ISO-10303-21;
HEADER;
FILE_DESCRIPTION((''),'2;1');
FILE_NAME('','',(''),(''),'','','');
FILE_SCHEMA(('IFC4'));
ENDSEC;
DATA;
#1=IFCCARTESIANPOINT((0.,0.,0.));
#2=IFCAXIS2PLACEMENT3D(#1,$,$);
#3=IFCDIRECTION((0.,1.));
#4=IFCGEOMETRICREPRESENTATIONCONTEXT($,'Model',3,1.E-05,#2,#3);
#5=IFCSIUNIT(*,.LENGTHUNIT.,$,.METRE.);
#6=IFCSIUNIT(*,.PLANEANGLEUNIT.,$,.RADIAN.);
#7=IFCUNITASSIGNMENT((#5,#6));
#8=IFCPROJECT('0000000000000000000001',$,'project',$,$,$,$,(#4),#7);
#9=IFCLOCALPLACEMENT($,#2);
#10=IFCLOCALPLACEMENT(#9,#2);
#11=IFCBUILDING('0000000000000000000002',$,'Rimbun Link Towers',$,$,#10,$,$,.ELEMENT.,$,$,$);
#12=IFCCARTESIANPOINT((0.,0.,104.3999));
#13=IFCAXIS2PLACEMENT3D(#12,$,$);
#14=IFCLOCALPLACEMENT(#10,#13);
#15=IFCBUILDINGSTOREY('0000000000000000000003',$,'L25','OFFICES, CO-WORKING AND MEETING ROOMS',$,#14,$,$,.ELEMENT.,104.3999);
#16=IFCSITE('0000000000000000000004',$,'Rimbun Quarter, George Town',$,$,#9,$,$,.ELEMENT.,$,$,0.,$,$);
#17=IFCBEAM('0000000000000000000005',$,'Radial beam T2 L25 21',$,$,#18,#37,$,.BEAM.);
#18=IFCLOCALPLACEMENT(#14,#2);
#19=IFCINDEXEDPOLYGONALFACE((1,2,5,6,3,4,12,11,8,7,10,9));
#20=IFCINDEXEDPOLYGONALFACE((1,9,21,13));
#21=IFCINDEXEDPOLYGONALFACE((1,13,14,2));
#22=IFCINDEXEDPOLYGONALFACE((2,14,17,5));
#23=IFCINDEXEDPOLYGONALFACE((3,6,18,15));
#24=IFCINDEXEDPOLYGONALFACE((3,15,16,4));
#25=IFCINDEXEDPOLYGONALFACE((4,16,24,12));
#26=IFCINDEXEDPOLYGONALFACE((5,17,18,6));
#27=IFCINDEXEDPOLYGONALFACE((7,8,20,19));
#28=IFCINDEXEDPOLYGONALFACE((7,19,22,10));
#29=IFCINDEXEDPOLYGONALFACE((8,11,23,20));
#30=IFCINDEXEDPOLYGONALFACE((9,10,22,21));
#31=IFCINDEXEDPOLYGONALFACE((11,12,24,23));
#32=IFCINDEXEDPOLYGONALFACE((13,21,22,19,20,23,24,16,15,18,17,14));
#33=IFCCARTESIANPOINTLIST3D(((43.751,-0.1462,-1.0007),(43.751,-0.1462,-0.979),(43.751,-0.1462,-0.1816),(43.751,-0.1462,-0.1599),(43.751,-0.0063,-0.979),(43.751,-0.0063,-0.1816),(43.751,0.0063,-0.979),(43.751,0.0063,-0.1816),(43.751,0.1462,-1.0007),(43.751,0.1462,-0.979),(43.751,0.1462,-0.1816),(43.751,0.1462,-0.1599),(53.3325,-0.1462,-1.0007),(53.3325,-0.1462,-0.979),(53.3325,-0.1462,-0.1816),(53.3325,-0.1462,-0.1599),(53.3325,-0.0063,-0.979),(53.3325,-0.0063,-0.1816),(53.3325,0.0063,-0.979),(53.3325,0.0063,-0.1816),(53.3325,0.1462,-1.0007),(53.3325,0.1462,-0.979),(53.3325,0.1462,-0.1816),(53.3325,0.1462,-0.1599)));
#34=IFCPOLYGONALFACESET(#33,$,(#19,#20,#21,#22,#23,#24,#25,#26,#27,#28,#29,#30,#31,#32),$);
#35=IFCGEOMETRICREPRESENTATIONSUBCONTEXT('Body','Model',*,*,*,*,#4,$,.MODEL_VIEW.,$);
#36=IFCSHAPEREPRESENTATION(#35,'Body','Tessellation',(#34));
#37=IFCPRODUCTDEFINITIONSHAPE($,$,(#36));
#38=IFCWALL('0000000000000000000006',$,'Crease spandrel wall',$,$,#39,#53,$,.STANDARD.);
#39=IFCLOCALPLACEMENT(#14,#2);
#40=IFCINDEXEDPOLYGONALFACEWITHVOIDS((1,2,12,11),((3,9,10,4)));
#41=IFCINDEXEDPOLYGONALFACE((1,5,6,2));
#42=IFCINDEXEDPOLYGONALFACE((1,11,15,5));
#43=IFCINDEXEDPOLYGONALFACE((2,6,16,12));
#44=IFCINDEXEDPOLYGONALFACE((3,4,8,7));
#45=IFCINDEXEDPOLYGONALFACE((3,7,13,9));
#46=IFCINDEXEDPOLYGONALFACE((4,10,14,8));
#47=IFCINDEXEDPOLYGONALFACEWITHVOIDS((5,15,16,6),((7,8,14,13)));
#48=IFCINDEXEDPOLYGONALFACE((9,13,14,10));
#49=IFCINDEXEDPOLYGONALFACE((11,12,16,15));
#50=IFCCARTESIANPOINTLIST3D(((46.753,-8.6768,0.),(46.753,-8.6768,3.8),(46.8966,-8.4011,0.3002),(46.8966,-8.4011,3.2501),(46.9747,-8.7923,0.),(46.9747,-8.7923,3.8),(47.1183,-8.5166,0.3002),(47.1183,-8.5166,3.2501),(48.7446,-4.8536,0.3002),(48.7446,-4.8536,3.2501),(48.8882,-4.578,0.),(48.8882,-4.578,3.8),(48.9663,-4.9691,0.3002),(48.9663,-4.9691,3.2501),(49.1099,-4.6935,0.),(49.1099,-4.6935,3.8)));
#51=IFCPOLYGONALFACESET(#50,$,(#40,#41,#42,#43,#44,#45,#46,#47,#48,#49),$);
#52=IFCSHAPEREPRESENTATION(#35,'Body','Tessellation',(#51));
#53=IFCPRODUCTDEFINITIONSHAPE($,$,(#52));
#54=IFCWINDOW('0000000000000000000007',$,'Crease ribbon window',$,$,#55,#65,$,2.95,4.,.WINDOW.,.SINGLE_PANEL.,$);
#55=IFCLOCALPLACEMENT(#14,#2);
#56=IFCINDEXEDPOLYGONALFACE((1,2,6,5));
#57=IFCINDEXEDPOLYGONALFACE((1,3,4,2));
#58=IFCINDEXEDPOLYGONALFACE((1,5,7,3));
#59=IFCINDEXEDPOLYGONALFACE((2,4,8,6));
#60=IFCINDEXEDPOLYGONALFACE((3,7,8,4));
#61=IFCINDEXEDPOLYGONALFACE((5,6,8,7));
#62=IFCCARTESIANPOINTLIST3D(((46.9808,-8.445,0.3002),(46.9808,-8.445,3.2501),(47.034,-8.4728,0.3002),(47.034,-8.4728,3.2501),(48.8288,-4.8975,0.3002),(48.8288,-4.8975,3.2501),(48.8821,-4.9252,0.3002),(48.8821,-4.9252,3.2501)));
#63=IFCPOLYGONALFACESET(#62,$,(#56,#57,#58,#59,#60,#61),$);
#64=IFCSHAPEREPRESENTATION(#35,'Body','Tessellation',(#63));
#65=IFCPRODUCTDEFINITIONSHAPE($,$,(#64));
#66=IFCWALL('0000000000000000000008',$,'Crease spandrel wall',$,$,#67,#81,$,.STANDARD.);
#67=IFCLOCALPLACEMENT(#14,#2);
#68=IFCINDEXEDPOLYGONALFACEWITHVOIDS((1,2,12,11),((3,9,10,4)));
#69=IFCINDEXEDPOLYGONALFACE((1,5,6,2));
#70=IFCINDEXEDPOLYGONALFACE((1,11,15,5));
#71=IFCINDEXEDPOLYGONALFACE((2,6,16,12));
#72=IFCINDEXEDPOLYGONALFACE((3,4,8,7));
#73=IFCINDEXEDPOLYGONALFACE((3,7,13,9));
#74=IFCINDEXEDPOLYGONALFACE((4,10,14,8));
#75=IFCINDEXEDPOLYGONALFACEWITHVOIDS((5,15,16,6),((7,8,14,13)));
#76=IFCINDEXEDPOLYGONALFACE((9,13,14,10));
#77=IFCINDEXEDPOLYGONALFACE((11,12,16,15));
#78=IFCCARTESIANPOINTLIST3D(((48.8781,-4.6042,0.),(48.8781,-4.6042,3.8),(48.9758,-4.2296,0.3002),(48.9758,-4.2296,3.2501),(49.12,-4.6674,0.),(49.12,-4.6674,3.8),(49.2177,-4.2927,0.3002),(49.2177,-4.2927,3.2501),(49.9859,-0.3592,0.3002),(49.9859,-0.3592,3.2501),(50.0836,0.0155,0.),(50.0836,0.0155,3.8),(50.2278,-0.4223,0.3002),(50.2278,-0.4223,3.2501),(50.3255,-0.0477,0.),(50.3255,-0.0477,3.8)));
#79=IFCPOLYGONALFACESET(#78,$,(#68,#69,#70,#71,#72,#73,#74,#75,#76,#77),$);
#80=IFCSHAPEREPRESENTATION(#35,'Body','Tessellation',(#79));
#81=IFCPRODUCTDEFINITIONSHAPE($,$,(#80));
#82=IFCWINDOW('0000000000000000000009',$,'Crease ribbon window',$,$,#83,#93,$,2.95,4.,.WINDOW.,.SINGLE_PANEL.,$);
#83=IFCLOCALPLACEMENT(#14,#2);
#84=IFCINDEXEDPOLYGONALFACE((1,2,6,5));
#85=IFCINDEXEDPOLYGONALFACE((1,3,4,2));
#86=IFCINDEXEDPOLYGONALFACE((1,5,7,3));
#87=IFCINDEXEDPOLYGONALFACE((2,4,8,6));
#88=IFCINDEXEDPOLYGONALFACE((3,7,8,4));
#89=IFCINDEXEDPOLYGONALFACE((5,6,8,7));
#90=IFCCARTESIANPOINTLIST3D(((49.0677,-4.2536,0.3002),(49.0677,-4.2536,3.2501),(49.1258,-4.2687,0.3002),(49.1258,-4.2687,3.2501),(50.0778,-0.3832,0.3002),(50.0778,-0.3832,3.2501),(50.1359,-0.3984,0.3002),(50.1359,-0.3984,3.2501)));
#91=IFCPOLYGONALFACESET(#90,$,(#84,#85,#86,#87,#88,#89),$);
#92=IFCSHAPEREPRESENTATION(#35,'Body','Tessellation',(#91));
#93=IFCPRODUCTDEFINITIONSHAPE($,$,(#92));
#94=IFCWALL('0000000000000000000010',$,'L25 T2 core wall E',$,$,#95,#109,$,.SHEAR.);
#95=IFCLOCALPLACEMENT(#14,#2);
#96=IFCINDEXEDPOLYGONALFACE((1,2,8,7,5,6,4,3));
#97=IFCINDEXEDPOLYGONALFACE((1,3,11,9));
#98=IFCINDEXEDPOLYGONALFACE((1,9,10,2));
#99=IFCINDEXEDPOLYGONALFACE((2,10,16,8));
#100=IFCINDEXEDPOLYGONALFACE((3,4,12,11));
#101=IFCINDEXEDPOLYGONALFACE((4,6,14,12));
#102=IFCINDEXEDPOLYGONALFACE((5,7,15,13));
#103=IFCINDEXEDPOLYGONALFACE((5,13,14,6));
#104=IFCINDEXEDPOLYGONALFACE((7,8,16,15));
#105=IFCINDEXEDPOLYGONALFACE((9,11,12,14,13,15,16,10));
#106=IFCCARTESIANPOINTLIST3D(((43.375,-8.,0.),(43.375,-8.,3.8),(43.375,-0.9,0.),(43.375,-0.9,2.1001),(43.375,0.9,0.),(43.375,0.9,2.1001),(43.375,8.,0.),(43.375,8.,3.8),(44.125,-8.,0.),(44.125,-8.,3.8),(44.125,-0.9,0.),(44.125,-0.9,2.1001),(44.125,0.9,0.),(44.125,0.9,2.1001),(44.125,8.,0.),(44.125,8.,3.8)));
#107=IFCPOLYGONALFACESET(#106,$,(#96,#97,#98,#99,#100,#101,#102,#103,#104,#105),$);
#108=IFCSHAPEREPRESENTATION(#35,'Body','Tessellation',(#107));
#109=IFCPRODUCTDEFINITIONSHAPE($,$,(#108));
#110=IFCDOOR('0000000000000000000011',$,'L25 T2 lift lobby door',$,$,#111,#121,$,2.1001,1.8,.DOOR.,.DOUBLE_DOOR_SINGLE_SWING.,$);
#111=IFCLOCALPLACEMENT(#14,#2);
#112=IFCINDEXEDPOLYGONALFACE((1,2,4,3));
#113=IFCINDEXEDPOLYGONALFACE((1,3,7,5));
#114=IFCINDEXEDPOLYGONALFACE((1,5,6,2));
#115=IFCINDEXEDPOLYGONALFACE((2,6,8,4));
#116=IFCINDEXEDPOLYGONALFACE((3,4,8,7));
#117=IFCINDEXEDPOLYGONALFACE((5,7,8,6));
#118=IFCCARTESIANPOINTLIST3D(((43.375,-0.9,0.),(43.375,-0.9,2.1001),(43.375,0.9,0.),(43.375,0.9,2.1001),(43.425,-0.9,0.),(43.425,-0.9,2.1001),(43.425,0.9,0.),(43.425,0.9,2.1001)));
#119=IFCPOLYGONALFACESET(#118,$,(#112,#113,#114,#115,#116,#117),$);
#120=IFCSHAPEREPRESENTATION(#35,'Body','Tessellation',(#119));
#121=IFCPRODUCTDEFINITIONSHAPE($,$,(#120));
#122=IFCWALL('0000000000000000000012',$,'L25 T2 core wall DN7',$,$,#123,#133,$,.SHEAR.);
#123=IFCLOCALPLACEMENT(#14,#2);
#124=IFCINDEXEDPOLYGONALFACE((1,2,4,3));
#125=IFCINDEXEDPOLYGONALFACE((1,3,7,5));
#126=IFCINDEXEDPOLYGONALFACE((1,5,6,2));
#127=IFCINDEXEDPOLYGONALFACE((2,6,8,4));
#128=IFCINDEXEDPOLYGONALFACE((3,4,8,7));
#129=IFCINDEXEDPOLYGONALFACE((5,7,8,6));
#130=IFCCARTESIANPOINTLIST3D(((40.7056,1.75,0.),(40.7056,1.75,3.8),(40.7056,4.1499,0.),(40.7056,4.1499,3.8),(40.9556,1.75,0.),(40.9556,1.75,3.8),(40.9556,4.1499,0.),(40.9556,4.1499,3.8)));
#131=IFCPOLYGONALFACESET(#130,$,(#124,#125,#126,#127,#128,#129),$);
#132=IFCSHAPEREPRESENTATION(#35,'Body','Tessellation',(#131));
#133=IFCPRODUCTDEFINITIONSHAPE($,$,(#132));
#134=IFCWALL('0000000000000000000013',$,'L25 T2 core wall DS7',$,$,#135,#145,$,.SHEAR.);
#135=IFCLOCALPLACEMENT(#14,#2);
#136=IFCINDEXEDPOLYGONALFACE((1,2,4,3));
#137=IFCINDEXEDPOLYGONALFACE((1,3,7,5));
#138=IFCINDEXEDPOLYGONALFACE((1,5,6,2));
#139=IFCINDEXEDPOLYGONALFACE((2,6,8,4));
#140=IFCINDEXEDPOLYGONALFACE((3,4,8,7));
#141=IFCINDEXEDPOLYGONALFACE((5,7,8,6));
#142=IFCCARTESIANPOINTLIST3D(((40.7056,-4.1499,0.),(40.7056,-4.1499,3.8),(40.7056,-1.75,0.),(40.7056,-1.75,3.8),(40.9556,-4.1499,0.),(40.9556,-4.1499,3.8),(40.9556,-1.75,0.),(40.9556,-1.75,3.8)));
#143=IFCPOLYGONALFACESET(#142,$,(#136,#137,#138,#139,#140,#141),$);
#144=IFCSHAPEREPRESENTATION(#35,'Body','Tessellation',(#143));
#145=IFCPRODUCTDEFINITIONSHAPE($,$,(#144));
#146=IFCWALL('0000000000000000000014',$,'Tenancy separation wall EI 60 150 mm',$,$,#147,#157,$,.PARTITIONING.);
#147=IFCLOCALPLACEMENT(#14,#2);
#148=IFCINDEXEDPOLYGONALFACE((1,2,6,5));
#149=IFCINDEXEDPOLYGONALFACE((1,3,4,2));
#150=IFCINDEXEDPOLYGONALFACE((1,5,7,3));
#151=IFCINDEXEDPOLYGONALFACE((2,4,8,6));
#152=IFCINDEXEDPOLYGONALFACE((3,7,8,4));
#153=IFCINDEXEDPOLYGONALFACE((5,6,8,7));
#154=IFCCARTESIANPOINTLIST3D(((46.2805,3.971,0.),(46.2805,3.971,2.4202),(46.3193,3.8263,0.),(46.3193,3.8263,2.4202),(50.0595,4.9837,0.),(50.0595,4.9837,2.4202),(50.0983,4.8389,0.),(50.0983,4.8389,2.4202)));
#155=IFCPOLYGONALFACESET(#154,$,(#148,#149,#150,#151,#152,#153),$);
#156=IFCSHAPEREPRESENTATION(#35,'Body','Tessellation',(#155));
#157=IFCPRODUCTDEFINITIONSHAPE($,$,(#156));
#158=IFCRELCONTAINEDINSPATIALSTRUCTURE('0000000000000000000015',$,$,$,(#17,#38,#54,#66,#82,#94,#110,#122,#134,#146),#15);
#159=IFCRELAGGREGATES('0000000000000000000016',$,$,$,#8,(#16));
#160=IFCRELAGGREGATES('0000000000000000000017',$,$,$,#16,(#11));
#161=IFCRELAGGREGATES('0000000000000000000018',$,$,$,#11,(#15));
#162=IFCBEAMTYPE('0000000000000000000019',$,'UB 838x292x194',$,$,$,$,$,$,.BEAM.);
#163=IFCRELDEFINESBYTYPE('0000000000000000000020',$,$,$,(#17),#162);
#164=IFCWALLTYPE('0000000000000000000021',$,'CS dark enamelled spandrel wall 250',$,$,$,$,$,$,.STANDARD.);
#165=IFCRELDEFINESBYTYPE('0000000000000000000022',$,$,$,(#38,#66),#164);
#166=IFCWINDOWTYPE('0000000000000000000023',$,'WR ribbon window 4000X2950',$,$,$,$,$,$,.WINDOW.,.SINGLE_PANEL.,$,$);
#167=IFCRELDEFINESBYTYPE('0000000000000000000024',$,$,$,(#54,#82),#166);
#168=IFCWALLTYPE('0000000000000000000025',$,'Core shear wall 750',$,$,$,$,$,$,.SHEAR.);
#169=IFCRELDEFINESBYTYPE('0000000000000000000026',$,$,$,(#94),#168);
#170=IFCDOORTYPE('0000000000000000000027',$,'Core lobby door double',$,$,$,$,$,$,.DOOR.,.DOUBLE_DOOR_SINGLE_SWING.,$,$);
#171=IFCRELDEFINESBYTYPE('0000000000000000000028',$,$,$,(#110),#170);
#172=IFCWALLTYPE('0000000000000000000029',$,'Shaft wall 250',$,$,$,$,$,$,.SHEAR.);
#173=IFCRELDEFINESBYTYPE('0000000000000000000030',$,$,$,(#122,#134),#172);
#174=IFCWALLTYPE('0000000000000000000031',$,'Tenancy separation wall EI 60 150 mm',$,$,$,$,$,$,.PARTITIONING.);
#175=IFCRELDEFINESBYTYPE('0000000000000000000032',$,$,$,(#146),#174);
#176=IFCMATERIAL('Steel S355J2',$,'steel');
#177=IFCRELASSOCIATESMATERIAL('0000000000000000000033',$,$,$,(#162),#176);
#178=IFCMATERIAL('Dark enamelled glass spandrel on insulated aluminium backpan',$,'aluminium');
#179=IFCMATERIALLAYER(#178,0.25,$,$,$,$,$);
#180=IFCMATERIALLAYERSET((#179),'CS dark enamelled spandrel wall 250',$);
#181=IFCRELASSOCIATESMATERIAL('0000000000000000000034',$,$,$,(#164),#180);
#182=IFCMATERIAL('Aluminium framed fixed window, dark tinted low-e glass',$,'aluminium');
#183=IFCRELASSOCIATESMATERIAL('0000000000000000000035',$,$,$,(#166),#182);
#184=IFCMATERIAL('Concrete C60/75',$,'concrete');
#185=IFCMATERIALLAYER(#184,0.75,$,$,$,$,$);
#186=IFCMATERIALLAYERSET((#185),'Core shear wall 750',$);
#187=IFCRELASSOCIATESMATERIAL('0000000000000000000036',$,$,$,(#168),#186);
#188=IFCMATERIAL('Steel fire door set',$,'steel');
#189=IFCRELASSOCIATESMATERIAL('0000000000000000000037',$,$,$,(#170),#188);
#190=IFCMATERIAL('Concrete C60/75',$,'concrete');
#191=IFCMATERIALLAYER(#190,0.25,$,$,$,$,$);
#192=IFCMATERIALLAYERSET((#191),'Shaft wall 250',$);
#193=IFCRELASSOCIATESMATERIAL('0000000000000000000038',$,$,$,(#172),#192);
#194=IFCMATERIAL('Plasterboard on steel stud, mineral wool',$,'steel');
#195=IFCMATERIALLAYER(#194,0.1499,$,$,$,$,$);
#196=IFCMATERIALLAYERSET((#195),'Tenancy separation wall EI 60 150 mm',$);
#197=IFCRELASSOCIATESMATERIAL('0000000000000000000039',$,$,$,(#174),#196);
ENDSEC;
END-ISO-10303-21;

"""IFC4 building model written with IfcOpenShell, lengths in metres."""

from ifc_helpers import new_model, si_unit, direction, frame, frame_2d, origin, origin_2d, place, context, subcontext, project, spatial, rectangle, i_section, extrude, material, layer, layer_set, material_profile, profile_set, type_object, element, fill, save


model = new_model("IFC4")

# Units and contexts
model_context = context("Model", 3, precision=1e-05, world=origin(), true_north=direction((0.0, 1.0)))
body_context = subcontext(model_context, "Body", "Model", "MODEL_VIEW")
ifc_project = project(units=[si_unit("LENGTHUNIT", "METRE"), si_unit("PLANEANGLEUNIT", "RADIAN")], contexts=[model_context])

# Site, building, storey
site_placement = place(None, origin())
site = spatial("IfcSite", under=ifc_project, at=site_placement, Name="Rimbun Quarter, George Town", CompositionType="ELEMENT", RefElevation=0.0)
building_placement = place(site_placement, origin())
building = spatial("IfcBuilding", under=site, at=building_placement, Name="Rimbun Link Towers", CompositionType="ELEMENT")
storey_placement = place(building_placement, frame((0.0, 0.0, 104.3999)))
storey = spatial("IfcBuildingStorey", under=building, at=storey_placement, Name="L25", Description="OFFICES, CO-WORKING AND MEETING ROOMS", CompositionType="ELEMENT", Elevation=104.3999)

# Beam
ifc_material_1 = material(Name="Steel S355J2", Category="steel")
ifc_material_profile_1 = material_profile(ifc_material_1, i_section(OverallWidth=0.2925, OverallDepth=0.8408, WebThickness=0.0127, FlangeThickness=0.0217, at=origin_2d()), Name="UB 838x292x194")
ifc_profile_set_1 = profile_set([ifc_material_profile_1], Name="Steel S355J2")
beam_type_1 = type_object("IfcBeamType", Name="UB 838x292x194", PredefinedType="BEAM", material=ifc_profile_set_1)
beam_1_placement = place(storey_placement, frame((43.751, 0.0, -0.5803), z_axis=(1.0, 0.0, 0.0), x_axis=(0.0, 1.0, 0.0)))
element("IfcBeam", 1, at=beam_1_placement, inside=storey, type_object=beam_type_1, Name="Radial beam T2 L25 21", PredefinedType="BEAM", context=body_context, shape_type="SweptSolid", body=[
    extrude(i_section(OverallWidth=0.2925, OverallDepth=0.8408, WebThickness=0.0127, FlangeThickness=0.0217, at=origin_2d()), origin(), (0.0, 0.0, 1.0), 9.5815),
])

# Walls, openings, windows
ifc_material_2 = material(Name="Dark enamelled glass spandrel on insulated aluminium backpan", Category="aluminium")
ifc_layer_1 = layer(ifc_material_2, 0.25)
ifc_layer_set_1 = layer_set([ifc_layer_1], Name="CS dark enamelled spandrel wall 250")
wall_type_1 = type_object("IfcWallType", Name="CS dark enamelled spandrel wall 250", PredefinedType="STANDARD", material=ifc_layer_set_1)
wall_1_placement = place(storey_placement, frame((48.999, -4.6357, 0.0), z_axis=(0.0, 0.0, 1.0), x_axis=(-0.462006, -0.886877, 0.0)))
wall_1 = element("IfcWall", 2, at=wall_1_placement, inside=storey, type_object=wall_type_1, Name="Crease spandrel wall", PredefinedType="STANDARD", context=body_context, shape_type="SweptSolid", body=[
    extrude(rectangle(XDim=4.6216, YDim=0.25, at=frame_2d((2.3108, 0.0))), origin(), (0.0, 0.0, 1.0), 3.8),
])
opening_1_placement = place(wall_1_placement, frame((0.3108, 0.0, 0.3)))
opening_1 = element("IfcOpeningElement", 3, at=opening_1_placement, cuts=wall_1, PredefinedType="OPENING", context=body_context, shape_type="SweptSolid", body=[
    extrude(rectangle(XDim=4.0, YDim=2.95, at=frame_2d((2.0, 1.4751))), frame((0.0, 0.135, 0.0), z_axis=(0.0, -1.0, 0.0), x_axis=(1.0, 0.0, 0.0)), (0.0, 0.0, 1.0), 0.27),
])
ifc_material_3 = material(Name="Aluminium framed fixed window, dark tinted low-e glass", Category="aluminium")
window_type = type_object("IfcWindowType", Name="WR ribbon window 4000X2950", PartitioningType="SINGLE_PANEL", PredefinedType="WINDOW", material=ifc_material_3)
window_1_placement = place(opening_1_placement, origin())
window_1 = element("IfcWindow", 4, at=window_1_placement, inside=storey, type_object=window_type, Name="Crease ribbon window", OverallHeight=2.95, OverallWidth=4.0, PartitioningType="SINGLE_PANEL", PredefinedType="WINDOW", context=body_context, shape_type="SweptSolid", body=[
    extrude(rectangle(XDim=4.0, YDim=2.95, at=frame_2d((2.0, 1.4751))), frame((0.0, 0.03, 0.0), z_axis=(0.0, -1.0, 0.0), x_axis=(1.0, 0.0, 0.0)), (0.0, 0.0, 1.0), 0.0601),
])
fill(opening_1, window_1)
wall_2_placement = place(storey_placement, frame((50.2046, -0.0161, 0.0), z_axis=(0.0, 0.0, 1.0), x_axis=(-0.252509, -0.967594, 0.0)))
wall_2 = element("IfcWall", 5, at=wall_2_placement, inside=storey, type_object=wall_type_1, Name="Crease spandrel wall", PredefinedType="STANDARD", context=body_context, shape_type="SweptSolid", body=[
    extrude(rectangle(XDim=4.7744, YDim=0.25, at=frame_2d((2.3872, 0.0))), origin(), (0.0, 0.0, 1.0), 3.8),
])
opening_2_placement = place(wall_2_placement, frame((0.3872, 0.0, 0.3)))
opening_2 = element("IfcOpeningElement", 6, at=opening_2_placement, cuts=wall_2, PredefinedType="OPENING", context=body_context, shape_type="SweptSolid", body=[
    extrude(rectangle(XDim=4.0, YDim=2.95, at=frame_2d((2.0, 1.4751))), frame((0.0, 0.135, 0.0), z_axis=(0.0, -1.0, 0.0), x_axis=(1.0, 0.0, 0.0)), (0.0, 0.0, 1.0), 0.27),
])
window_2_placement = place(opening_2_placement, origin())
window_2 = element("IfcWindow", 7, at=window_2_placement, inside=storey, type_object=window_type, Name="Crease ribbon window", OverallHeight=2.95, OverallWidth=4.0, PartitioningType="SINGLE_PANEL", PredefinedType="WINDOW", context=body_context, shape_type="SweptSolid", body=[
    extrude(rectangle(XDim=4.0, YDim=2.95, at=frame_2d((2.0, 1.4751))), frame((0.0, 0.03, 0.0), z_axis=(0.0, -1.0, 0.0), x_axis=(1.0, 0.0, 0.0)), (0.0, 0.0, 1.0), 0.0601),
])
fill(opening_2, window_2)

# Wall, opening, door
ifc_material_4 = material(Name="Concrete C60/75", Category="concrete")
ifc_layer_2 = layer(ifc_material_4, 0.75)
ifc_layer_set_2 = layer_set([ifc_layer_2], Name="Core shear wall 750")
wall_type_2 = type_object("IfcWallType", Name="Core shear wall 750", PredefinedType="SHEAR", material=ifc_layer_set_2)
wall_3_placement = place(storey_placement, frame((43.75, -8.0, 0.0), z_axis=(0.0, 0.0, 1.0), x_axis=(0.0, 1.0, 0.0)))
wall_3 = element("IfcWall", 8, at=wall_3_placement, inside=storey, type_object=wall_type_2, Name="L25 T2 core wall E", PredefinedType="SHEAR", context=body_context, shape_type="SweptSolid", body=[
    extrude(rectangle(XDim=16.0, YDim=0.75, at=frame_2d((8.0, 0.0))), origin(), (0.0, 0.0, 1.0), 3.8),
])
opening_3_placement = place(wall_3_placement, frame((7.1001, 0.0, 0.0)))
opening_3 = element("IfcOpeningElement", 9, at=opening_3_placement, cuts=wall_3, PredefinedType="OPENING", context=body_context, shape_type="SweptSolid", body=[
    extrude(rectangle(XDim=1.8, YDim=2.1001, at=frame_2d((0.8999, 1.05))), frame((0.0, 0.385, 0.0), z_axis=(0.0, -1.0, 0.0), x_axis=(1.0, 0.0, 0.0)), (0.0, 0.0, 1.0), 0.77),
])
ifc_material_5 = material(Name="Steel fire door set", Category="steel")
door_type = type_object("IfcDoorType", Name="Core lobby door double", OperationType="DOUBLE_DOOR_SINGLE_SWING", PredefinedType="DOOR", material=ifc_material_5)
door_placement = place(opening_3_placement, origin())
door = element("IfcDoor", 10, at=door_placement, inside=storey, type_object=door_type, Name="L25 T2 lift lobby door", OperationType="DOUBLE_DOOR_SINGLE_SWING", OverallHeight=2.1001, OverallWidth=1.8, PredefinedType="DOOR", context=body_context, shape_type="SweptSolid", body=[
    extrude(rectangle(XDim=1.8, YDim=2.1001, at=frame_2d((0.8999, 1.05))), frame((0.0, 0.375, 0.0), z_axis=(0.0, -1.0, 0.0), x_axis=(1.0, 0.0, 0.0)), (0.0, 0.0, 1.0), 0.05),
])
fill(opening_3, door)

# Walls
ifc_material_6 = material(Name="Concrete C60/75", Category="concrete")
ifc_layer_3 = layer(ifc_material_6, 0.25)
ifc_layer_set_3 = layer_set([ifc_layer_3], Name="Shaft wall 250")
wall_type_3 = type_object("IfcWallType", Name="Shaft wall 250", PredefinedType="SHEAR", material=ifc_layer_set_3)
for number, where, z_axis, x_axis, name in (
    (11, (40.8306, 1.75, 0.0), (0.0, 0.0, 1.0), (0.0, 1.0, 0.0), "L25 T2 core wall DN7"),
    (12, (40.8306, -4.1499, 0.0), (0.0, 0.0, 1.0), (0.0, 1.0, 0.0), "L25 T2 core wall DS7"),
):
    element("IfcWall", number, at=place(storey_placement, frame(where, z_axis=z_axis, x_axis=x_axis)), inside=storey, type_object=wall_type_3, Name=name, PredefinedType="SHEAR", context=body_context, shape_type="SweptSolid", body=[
        extrude(rectangle(XDim=2.3999, YDim=0.25, at=frame_2d((1.2, 0.0))), origin(), (0.0, 0.0, 1.0), 3.8),
    ])
ifc_material_7 = material(Name="Plasterboard on steel stud, mineral wool", Category="steel")
ifc_layer_4 = layer(ifc_material_7, 0.1499)
ifc_layer_set_4 = layer_set([ifc_layer_4], Name="Tenancy separation wall EI 60 150 mm")
wall_type_4 = type_object("IfcWallType", Name="Tenancy separation wall EI 60 150 mm", PredefinedType="PARTITIONING", material=ifc_layer_set_4)
wall_4_placement = place(storey_placement, frame((46.3, 3.8987, 0.0), z_axis=(0.0, 0.0, 1.0), x_axis=(0.965919, 0.258843, 0.0)))
element("IfcWall", 13, at=wall_4_placement, inside=storey, type_object=wall_type_4, Name="Tenancy separation wall EI 60 150 mm", PredefinedType="PARTITIONING", context=body_context, shape_type="SweptSolid", body=[
    extrude(rectangle(XDim=3.9124, YDim=0.1499, at=frame_2d((1.9561, 0.0))), origin(), (0.0, 0.0, 1.0), 2.4202),
])

save(model, "model.ifc")
